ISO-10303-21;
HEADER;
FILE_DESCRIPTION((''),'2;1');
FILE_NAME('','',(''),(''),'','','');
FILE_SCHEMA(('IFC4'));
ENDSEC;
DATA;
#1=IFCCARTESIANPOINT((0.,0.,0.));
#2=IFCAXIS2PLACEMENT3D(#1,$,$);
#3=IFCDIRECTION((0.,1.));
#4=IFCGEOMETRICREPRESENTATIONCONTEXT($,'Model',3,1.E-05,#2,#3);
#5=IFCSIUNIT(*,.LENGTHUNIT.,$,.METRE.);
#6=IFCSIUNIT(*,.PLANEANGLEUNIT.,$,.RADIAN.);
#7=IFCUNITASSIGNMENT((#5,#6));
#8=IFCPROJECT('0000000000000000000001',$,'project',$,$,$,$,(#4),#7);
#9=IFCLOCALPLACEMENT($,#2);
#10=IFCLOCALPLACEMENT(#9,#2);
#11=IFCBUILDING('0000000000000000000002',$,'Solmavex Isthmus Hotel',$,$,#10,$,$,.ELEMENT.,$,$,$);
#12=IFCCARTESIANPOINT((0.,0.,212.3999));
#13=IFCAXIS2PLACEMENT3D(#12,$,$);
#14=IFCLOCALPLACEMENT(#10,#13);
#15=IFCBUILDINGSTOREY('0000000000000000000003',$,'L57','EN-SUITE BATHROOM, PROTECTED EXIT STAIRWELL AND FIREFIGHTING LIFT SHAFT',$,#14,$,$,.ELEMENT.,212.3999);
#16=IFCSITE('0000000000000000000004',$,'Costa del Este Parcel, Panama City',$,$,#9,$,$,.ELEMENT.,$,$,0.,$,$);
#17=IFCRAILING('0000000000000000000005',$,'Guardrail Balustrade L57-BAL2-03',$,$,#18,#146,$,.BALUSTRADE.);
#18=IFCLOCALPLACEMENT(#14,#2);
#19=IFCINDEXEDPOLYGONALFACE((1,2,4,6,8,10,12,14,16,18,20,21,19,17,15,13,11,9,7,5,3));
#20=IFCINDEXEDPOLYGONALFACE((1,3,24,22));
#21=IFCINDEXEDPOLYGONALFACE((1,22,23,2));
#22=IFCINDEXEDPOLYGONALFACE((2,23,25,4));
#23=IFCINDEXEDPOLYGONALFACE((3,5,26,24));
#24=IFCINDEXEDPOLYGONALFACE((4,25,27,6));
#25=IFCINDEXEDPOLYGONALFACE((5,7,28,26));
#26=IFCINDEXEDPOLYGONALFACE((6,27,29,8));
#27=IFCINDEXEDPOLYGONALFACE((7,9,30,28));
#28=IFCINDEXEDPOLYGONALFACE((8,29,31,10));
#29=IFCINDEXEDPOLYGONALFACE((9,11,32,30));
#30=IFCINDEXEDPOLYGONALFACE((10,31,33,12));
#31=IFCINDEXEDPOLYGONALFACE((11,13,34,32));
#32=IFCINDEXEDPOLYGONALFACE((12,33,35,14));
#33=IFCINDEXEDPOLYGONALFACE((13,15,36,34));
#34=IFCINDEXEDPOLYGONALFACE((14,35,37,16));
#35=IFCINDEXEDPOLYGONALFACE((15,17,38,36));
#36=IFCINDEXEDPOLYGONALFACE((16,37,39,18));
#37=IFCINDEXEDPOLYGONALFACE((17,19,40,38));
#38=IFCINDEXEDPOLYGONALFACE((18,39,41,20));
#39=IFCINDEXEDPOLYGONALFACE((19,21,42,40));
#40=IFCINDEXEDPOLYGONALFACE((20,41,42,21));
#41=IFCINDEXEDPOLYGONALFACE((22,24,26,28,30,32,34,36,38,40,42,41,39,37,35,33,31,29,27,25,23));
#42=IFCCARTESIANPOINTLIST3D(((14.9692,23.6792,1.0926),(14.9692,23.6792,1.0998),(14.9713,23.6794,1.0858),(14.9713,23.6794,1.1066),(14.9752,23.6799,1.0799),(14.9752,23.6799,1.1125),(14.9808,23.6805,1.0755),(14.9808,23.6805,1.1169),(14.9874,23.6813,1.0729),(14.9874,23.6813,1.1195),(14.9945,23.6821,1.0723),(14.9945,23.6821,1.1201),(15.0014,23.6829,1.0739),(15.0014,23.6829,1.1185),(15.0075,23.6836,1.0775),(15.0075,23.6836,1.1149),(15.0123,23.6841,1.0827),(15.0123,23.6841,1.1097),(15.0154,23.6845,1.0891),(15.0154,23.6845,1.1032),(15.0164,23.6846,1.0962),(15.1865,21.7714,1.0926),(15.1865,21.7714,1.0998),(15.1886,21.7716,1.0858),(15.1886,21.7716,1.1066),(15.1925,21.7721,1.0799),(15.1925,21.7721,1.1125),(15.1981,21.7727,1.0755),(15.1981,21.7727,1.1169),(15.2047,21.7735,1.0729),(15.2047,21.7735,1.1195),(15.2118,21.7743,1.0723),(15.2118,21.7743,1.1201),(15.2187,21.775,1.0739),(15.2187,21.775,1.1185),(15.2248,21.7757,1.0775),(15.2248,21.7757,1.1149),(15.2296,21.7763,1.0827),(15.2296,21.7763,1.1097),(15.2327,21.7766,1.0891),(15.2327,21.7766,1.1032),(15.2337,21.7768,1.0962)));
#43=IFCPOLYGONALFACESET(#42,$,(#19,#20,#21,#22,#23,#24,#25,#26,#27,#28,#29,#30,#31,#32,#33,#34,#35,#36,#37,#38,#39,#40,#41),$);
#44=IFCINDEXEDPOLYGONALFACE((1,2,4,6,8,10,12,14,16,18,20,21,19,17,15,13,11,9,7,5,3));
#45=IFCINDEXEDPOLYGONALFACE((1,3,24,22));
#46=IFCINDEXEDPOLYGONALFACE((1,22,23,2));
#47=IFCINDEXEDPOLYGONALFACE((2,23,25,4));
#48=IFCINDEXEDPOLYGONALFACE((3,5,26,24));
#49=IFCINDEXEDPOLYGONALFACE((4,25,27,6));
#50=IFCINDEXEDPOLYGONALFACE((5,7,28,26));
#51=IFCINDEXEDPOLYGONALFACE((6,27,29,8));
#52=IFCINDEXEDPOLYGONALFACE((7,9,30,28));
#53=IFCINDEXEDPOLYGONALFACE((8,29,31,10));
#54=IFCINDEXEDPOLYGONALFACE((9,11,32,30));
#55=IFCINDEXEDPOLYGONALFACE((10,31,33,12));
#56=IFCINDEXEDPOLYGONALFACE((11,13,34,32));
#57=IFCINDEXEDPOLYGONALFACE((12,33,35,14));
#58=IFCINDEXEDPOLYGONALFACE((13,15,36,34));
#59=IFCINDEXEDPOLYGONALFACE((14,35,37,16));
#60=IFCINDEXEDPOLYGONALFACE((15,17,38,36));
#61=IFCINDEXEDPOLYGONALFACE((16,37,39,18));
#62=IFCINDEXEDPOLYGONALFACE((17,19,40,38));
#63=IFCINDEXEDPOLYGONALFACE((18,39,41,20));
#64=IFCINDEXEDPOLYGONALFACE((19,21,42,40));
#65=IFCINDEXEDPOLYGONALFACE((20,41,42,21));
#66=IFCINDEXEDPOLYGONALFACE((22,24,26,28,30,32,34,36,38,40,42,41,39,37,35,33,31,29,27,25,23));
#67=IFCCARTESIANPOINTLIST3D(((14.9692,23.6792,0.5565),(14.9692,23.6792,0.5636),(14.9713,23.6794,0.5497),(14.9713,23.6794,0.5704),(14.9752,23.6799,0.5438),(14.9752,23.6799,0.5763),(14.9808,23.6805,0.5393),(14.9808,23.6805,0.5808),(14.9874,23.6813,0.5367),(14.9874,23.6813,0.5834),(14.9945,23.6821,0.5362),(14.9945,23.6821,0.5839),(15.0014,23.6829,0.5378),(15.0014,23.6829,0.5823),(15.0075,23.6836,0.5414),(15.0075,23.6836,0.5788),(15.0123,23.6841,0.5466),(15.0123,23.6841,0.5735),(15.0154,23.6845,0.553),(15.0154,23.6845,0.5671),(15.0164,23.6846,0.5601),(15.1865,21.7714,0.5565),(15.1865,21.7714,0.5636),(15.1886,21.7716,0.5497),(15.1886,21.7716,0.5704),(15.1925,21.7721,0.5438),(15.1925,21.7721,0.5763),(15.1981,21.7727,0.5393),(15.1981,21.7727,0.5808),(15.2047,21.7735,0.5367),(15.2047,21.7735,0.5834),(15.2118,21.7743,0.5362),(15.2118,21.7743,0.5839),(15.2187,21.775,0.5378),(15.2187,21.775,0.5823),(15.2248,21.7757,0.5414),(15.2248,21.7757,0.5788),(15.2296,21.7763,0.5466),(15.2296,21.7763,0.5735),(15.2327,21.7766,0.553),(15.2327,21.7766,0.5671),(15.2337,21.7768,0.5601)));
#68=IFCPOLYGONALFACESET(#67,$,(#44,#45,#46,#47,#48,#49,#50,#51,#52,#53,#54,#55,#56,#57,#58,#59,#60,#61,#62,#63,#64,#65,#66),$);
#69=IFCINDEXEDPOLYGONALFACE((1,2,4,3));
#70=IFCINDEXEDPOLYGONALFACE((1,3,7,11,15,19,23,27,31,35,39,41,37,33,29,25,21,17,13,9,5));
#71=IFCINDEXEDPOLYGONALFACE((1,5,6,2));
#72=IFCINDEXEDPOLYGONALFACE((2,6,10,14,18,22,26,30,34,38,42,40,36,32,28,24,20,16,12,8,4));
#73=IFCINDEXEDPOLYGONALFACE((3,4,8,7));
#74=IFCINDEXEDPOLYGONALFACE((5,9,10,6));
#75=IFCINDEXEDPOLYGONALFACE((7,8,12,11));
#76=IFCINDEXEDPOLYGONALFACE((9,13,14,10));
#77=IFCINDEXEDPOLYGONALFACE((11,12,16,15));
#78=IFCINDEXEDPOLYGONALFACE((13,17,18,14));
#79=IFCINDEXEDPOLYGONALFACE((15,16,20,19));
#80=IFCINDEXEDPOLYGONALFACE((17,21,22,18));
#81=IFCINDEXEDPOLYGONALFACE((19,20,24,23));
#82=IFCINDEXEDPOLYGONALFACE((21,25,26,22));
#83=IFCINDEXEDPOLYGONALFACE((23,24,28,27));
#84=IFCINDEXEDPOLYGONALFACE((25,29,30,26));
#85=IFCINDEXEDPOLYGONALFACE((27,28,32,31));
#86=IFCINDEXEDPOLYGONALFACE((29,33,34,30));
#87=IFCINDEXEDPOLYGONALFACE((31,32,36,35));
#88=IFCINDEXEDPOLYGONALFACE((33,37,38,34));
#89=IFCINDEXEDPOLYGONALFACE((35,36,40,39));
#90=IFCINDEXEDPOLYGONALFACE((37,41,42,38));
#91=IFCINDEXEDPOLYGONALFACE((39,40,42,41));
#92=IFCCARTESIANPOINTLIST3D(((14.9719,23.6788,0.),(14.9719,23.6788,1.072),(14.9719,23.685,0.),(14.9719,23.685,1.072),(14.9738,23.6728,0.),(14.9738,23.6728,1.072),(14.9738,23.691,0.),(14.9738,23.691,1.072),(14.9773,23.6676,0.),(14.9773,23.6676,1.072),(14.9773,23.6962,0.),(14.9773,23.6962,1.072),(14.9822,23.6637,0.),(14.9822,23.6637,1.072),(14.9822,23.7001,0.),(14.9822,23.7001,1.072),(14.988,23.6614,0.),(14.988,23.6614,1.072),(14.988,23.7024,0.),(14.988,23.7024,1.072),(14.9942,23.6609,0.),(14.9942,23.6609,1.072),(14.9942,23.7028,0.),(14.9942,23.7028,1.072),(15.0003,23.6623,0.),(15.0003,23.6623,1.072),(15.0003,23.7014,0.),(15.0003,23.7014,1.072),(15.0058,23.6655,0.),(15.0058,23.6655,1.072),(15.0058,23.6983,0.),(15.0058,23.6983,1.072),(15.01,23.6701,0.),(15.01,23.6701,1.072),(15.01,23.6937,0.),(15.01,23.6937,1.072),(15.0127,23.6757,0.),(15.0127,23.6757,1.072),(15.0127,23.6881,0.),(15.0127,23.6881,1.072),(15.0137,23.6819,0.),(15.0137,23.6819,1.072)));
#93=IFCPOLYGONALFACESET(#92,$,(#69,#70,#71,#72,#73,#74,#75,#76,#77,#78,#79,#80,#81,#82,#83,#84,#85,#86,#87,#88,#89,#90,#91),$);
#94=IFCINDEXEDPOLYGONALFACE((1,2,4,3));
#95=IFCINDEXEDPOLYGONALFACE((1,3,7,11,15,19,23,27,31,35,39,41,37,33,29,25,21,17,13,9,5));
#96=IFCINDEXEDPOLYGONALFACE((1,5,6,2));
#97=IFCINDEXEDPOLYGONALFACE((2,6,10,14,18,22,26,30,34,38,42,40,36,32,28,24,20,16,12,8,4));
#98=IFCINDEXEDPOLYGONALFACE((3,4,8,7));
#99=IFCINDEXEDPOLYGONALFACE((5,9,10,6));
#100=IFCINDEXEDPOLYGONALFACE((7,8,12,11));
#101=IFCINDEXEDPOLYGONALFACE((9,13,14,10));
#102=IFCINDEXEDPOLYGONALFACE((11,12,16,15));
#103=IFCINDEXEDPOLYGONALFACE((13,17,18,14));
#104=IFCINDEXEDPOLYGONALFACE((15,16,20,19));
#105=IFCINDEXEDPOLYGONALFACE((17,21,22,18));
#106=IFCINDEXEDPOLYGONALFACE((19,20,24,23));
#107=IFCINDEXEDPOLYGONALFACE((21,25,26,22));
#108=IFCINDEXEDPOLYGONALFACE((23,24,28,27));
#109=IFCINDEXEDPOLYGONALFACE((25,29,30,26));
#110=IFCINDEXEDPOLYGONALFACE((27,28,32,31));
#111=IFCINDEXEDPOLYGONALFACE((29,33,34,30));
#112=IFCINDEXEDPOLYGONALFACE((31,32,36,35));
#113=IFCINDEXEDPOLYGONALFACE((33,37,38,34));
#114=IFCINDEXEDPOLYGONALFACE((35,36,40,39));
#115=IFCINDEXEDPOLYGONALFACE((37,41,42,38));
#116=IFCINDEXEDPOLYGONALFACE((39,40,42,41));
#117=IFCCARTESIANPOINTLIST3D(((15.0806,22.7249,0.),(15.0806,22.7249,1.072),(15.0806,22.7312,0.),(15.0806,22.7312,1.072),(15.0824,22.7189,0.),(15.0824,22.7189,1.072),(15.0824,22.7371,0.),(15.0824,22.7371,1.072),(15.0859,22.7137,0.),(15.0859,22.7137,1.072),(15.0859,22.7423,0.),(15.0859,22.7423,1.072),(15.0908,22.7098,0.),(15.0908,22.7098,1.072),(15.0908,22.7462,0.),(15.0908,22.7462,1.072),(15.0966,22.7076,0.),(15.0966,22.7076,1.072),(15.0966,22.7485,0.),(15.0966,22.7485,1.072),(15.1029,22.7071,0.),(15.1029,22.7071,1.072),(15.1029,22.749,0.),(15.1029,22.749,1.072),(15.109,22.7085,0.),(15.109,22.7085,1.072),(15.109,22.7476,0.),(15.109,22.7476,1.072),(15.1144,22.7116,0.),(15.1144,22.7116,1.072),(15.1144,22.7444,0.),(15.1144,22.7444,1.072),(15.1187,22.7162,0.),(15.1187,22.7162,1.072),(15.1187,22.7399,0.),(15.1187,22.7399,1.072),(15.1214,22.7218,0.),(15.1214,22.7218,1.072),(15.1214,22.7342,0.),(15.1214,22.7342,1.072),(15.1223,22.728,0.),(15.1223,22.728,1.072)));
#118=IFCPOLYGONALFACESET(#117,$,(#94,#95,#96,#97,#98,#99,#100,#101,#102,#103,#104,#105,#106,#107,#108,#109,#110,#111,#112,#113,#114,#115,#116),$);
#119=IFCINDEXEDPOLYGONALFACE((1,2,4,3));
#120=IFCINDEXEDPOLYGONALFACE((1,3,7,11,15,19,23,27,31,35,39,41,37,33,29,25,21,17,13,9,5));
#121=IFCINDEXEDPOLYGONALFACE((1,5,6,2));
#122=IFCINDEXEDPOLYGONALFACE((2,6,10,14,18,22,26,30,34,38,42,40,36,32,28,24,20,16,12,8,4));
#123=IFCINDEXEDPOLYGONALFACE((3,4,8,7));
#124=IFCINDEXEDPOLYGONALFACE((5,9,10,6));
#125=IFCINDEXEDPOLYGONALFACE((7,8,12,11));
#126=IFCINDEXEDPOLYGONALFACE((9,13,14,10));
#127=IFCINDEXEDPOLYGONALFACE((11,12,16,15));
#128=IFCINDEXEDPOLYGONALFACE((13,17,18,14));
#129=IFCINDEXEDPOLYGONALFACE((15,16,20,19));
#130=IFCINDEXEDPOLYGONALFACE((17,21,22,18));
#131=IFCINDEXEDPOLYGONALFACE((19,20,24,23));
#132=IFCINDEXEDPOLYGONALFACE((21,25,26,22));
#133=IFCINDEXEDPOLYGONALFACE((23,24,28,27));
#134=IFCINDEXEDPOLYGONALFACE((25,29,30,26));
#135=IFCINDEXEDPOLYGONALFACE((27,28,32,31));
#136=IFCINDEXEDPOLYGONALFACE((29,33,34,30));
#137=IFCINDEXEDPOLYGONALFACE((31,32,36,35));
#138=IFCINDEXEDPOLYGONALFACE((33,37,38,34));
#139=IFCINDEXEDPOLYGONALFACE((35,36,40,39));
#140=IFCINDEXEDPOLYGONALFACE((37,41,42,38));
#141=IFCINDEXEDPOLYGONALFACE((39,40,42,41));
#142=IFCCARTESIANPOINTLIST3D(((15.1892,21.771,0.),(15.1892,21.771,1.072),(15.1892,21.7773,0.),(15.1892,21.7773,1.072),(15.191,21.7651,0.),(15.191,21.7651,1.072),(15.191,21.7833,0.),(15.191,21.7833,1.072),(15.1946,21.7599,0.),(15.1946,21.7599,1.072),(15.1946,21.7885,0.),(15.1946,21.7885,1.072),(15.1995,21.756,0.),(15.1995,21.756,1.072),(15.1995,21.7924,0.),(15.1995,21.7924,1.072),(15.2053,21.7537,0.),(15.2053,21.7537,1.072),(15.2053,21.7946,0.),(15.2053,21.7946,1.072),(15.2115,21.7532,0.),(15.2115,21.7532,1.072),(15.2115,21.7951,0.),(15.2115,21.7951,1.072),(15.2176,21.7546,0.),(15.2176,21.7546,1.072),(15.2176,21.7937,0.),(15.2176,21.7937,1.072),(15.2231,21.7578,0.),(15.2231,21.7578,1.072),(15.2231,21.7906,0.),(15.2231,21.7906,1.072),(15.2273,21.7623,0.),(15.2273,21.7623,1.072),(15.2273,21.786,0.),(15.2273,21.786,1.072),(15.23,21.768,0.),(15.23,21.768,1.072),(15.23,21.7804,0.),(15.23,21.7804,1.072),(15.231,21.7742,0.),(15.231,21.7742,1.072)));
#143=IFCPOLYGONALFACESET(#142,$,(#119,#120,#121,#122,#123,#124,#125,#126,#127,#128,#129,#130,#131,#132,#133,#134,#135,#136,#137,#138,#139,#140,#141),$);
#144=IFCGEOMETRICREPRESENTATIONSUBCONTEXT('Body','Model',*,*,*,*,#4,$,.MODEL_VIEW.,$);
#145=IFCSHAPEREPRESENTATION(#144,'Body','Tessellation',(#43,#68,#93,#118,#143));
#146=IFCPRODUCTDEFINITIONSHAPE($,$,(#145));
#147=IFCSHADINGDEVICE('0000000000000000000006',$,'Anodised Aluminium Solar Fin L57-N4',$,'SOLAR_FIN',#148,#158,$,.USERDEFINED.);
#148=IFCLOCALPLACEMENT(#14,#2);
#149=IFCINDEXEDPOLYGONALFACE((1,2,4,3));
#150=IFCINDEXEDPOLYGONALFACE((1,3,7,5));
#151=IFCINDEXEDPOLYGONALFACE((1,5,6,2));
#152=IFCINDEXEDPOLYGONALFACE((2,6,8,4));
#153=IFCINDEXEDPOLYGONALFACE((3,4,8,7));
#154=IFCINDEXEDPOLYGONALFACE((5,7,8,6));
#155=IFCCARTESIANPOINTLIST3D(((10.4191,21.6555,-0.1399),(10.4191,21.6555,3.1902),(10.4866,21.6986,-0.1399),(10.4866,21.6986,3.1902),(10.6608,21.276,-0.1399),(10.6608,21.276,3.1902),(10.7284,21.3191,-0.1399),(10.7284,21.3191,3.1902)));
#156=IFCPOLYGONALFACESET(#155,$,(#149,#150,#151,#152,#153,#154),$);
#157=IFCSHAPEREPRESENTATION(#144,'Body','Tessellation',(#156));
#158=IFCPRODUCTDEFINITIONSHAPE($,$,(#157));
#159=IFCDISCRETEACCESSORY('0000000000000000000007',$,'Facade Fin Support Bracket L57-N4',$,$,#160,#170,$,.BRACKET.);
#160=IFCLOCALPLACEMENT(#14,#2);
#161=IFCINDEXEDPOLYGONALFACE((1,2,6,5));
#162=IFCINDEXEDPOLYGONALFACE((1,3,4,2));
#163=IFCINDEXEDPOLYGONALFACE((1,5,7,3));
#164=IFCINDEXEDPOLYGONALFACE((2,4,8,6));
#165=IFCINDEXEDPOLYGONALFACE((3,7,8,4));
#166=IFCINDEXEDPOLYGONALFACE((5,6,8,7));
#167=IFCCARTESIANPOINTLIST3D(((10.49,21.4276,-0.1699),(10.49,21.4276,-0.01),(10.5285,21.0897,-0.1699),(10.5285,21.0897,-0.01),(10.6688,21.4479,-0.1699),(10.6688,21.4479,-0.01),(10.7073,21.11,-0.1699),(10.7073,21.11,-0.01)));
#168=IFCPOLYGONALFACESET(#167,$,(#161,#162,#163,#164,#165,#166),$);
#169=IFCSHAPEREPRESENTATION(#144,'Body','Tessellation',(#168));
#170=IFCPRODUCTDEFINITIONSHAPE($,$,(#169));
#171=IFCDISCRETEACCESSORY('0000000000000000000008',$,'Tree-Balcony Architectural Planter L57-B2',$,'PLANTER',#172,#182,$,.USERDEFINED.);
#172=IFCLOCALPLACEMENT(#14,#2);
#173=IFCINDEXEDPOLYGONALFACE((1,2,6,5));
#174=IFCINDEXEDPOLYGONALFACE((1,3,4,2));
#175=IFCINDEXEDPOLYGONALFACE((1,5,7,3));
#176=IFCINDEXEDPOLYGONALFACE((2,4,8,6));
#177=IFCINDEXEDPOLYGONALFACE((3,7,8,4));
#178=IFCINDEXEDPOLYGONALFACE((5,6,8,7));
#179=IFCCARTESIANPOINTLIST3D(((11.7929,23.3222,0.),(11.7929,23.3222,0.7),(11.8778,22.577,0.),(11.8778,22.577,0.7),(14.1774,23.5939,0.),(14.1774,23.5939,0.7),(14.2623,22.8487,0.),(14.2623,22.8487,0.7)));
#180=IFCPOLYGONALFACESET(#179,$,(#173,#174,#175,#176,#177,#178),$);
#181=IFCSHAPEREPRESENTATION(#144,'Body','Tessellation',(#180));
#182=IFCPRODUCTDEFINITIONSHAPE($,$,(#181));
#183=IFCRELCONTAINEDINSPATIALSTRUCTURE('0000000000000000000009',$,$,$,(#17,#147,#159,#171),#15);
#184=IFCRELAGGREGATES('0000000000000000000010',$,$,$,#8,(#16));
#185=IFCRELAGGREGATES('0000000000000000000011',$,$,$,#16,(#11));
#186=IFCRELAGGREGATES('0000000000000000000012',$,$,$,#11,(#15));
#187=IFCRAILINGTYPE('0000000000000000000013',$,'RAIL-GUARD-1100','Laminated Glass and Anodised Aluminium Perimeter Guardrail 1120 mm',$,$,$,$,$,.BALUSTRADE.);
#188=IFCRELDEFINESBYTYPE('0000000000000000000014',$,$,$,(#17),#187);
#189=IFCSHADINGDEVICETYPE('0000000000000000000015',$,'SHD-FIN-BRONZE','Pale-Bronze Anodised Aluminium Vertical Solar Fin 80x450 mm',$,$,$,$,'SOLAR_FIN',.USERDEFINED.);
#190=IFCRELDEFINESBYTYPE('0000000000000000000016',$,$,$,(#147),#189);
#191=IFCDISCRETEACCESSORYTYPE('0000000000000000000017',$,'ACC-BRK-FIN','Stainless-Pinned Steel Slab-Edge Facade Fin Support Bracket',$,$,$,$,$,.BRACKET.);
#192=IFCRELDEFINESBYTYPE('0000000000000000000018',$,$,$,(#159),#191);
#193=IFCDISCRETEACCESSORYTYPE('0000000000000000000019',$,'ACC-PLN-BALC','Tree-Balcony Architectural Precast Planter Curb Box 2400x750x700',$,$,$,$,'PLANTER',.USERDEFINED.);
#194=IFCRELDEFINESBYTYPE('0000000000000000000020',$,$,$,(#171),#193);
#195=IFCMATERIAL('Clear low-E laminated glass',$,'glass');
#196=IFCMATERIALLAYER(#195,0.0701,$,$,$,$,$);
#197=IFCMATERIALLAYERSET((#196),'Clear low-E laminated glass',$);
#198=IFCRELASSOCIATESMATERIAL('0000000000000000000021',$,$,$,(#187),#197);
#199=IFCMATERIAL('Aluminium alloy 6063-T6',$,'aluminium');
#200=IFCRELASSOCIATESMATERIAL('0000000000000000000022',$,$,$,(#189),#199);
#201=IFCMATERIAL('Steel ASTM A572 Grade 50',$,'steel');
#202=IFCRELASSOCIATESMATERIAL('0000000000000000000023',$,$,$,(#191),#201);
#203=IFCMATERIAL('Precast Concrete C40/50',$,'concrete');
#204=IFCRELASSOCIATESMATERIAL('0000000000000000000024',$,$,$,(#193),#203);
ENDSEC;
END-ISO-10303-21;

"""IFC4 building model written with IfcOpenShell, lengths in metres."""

from ifc_helpers import new_model, si_unit, direction, frame, origin, origin_2d, place, context, subcontext, project, spatial, rectangle, circle, extrude, material, layer, layer_set, type_object, element, save


model = new_model("IFC4")

# Units and contexts
model_context = context("Model", 3, precision=1e-05, world=origin(), true_north=direction((0.0, 1.0)))
body_context = subcontext(model_context, "Body", "Model", "MODEL_VIEW")
ifc_project = project(units=[si_unit("LENGTHUNIT", "METRE"), si_unit("PLANEANGLEUNIT", "RADIAN")], contexts=[model_context])

# Site, building, storey
site_placement = place(None, origin())
site = spatial("IfcSite", under=ifc_project, at=site_placement, Name="Costa del Este Parcel, Panama City", CompositionType="ELEMENT", RefElevation=0.0)
building_placement = place(site_placement, origin())
building = spatial("IfcBuilding", under=site, at=building_placement, Name="Solmavex Isthmus Hotel", CompositionType="ELEMENT")
storey_placement = place(building_placement, frame((0.0, 0.0, 212.3999)))
storey = spatial("IfcBuildingStorey", under=building, at=storey_placement, Name="L57", Description="EN-SUITE BATHROOM, PROTECTED EXIT STAIRWELL AND FIREFIGHTING LIFT SHAFT", CompositionType="ELEMENT", Elevation=212.3999)

# Shared definitions
ifc_material_1 = material(Name="Aluminium alloy 6063-T6", Category="aluminium")

# Shared definitions
ifc_material_2 = material(Name="Clear low-E laminated glass", Category="glass")

# Shared definitions
ifc_material_3 = material(Name="Precast Concrete C40/50", Category="concrete")

# Railing
ifc_layer_1 = layer(ifc_material_2, 0.0701)
ifc_layer_set_1 = layer_set([ifc_layer_1], Name="Clear low-E laminated glass")
railing_type = type_object("IfcRailingType", Name="RAIL-GUARD-1100", Description="Laminated Glass and Anodised Aluminium Perimeter Guardrail 1120 mm", PredefinedType="BALUSTRADE", material=ifc_layer_set_1)
railing_1_placement = place(storey_placement, frame((14.9927, 23.6819, 0.0)))
element("IfcRailing", 1, at=railing_1_placement, inside=storey, type_object=railing_type, Name="Guardrail Balustrade L57-BAL2-03", PredefinedType="BALUSTRADE", context=body_context, shape_type="SweptSolid", body=[
    extrude(circle(Radius=0.0239, at=origin_2d()), frame((0.0, 0.0, 1.0962), z_axis=(0.113166, -0.993576, 0.0), x_axis=(0.993576, 0.113166, 0.0)), (0.0, 0.0, 1.0), 1.9202),
    extrude(circle(Radius=0.0239, at=origin_2d()), frame((0.0, 0.0, 0.5601), z_axis=(0.113166, -0.993576, 0.0), x_axis=(0.993576, 0.113166, 0.0)), (0.0, 0.0, 1.0), 1.9202),
    extrude(circle(Radius=0.021, at=origin_2d()), origin(), (0.0, 0.0, 1.0), 1.072),
    extrude(circle(Radius=0.021, at=origin_2d()), frame((0.1086, -0.9539, 0.0)), (0.0, 0.0, 1.0), 1.072),
    extrude(circle(Radius=0.021, at=origin_2d()), frame((0.2173, -1.9077, 0.0)), (0.0, 0.0, 1.0), 1.072),
])

# Shading device
shading_device_type = type_object("IfcShadingDeviceType", Name="SHD-FIN-BRONZE", Description="Pale-Bronze Anodised Aluminium Vertical Solar Fin 80x450 mm", ElementType="SOLAR_FIN", PredefinedType="USERDEFINED", material=ifc_material_1)
shading_device_placement = place(storey_placement, frame((10.5737, 21.4873, -0.1399), z_axis=(0.0, 0.0, 1.0), x_axis=(-0.5373, 0.843391, 0.0)))
element("IfcShadingDevice", 2, at=shading_device_placement, inside=storey, type_object=shading_device_type, Name="Anodised Aluminium Solar Fin L57-N4", ObjectType="SOLAR_FIN", PredefinedType="USERDEFINED", context=body_context, shape_type="SweptSolid", body=[
    extrude(rectangle(XDim=0.45, YDim=0.0801, at=origin_2d()), origin(), (0.0, 0.0, 1.0), 3.3301),
])

# Discrete accessories
ifc_material_4 = material(Name="Steel ASTM A572 Grade 50", Category="steel")
discrete_accessory_type_1 = type_object("IfcDiscreteAccessoryType", Name="ACC-BRK-FIN", Description="Stainless-Pinned Steel Slab-Edge Facade Fin Support Bracket", PredefinedType="BRACKET", material=ifc_material_4)
discrete_accessory_1_placement = place(storey_placement, frame((10.5986, 21.2688, -0.1699), z_axis=(0.0, 0.0, 1.0), x_axis=(-0.113203, 0.993572, 0.0)))
element("IfcDiscreteAccessory", 3, at=discrete_accessory_1_placement, inside=storey, type_object=discrete_accessory_type_1, Name="Facade Fin Support Bracket L57-N4", PredefinedType="BRACKET", context=body_context, shape_type="SweptSolid", body=[
    extrude(rectangle(XDim=0.3401, YDim=0.1799, at=origin_2d()), origin(), (0.0, 0.0, 1.0), 0.1599),
])
discrete_accessory_type_2 = type_object("IfcDiscreteAccessoryType", Name="ACC-PLN-BALC", Description="Tree-Balcony Architectural Precast Planter Curb Box 2400x750x700", ElementType="PLANTER", PredefinedType="USERDEFINED", material=ifc_material_3)
discrete_accessory_2_placement = place(storey_placement, frame((13.0276, 23.0854, 0.0), z_axis=(0.0, 0.0, 1.0), x_axis=(0.993572, 0.113203, 0.0)))
element("IfcDiscreteAccessory", 4, at=discrete_accessory_2_placement, inside=storey, type_object=discrete_accessory_type_2, Name="Tree-Balcony Architectural Planter L57-B2", ObjectType="PLANTER", PredefinedType="USERDEFINED", context=body_context, shape_type="SweptSolid", body=[
    extrude(rectangle(XDim=2.3999, YDim=0.75, at=origin_2d()), origin(), (0.0, 0.0, 1.0), 0.7),
])

save(model, "model.ifc")
